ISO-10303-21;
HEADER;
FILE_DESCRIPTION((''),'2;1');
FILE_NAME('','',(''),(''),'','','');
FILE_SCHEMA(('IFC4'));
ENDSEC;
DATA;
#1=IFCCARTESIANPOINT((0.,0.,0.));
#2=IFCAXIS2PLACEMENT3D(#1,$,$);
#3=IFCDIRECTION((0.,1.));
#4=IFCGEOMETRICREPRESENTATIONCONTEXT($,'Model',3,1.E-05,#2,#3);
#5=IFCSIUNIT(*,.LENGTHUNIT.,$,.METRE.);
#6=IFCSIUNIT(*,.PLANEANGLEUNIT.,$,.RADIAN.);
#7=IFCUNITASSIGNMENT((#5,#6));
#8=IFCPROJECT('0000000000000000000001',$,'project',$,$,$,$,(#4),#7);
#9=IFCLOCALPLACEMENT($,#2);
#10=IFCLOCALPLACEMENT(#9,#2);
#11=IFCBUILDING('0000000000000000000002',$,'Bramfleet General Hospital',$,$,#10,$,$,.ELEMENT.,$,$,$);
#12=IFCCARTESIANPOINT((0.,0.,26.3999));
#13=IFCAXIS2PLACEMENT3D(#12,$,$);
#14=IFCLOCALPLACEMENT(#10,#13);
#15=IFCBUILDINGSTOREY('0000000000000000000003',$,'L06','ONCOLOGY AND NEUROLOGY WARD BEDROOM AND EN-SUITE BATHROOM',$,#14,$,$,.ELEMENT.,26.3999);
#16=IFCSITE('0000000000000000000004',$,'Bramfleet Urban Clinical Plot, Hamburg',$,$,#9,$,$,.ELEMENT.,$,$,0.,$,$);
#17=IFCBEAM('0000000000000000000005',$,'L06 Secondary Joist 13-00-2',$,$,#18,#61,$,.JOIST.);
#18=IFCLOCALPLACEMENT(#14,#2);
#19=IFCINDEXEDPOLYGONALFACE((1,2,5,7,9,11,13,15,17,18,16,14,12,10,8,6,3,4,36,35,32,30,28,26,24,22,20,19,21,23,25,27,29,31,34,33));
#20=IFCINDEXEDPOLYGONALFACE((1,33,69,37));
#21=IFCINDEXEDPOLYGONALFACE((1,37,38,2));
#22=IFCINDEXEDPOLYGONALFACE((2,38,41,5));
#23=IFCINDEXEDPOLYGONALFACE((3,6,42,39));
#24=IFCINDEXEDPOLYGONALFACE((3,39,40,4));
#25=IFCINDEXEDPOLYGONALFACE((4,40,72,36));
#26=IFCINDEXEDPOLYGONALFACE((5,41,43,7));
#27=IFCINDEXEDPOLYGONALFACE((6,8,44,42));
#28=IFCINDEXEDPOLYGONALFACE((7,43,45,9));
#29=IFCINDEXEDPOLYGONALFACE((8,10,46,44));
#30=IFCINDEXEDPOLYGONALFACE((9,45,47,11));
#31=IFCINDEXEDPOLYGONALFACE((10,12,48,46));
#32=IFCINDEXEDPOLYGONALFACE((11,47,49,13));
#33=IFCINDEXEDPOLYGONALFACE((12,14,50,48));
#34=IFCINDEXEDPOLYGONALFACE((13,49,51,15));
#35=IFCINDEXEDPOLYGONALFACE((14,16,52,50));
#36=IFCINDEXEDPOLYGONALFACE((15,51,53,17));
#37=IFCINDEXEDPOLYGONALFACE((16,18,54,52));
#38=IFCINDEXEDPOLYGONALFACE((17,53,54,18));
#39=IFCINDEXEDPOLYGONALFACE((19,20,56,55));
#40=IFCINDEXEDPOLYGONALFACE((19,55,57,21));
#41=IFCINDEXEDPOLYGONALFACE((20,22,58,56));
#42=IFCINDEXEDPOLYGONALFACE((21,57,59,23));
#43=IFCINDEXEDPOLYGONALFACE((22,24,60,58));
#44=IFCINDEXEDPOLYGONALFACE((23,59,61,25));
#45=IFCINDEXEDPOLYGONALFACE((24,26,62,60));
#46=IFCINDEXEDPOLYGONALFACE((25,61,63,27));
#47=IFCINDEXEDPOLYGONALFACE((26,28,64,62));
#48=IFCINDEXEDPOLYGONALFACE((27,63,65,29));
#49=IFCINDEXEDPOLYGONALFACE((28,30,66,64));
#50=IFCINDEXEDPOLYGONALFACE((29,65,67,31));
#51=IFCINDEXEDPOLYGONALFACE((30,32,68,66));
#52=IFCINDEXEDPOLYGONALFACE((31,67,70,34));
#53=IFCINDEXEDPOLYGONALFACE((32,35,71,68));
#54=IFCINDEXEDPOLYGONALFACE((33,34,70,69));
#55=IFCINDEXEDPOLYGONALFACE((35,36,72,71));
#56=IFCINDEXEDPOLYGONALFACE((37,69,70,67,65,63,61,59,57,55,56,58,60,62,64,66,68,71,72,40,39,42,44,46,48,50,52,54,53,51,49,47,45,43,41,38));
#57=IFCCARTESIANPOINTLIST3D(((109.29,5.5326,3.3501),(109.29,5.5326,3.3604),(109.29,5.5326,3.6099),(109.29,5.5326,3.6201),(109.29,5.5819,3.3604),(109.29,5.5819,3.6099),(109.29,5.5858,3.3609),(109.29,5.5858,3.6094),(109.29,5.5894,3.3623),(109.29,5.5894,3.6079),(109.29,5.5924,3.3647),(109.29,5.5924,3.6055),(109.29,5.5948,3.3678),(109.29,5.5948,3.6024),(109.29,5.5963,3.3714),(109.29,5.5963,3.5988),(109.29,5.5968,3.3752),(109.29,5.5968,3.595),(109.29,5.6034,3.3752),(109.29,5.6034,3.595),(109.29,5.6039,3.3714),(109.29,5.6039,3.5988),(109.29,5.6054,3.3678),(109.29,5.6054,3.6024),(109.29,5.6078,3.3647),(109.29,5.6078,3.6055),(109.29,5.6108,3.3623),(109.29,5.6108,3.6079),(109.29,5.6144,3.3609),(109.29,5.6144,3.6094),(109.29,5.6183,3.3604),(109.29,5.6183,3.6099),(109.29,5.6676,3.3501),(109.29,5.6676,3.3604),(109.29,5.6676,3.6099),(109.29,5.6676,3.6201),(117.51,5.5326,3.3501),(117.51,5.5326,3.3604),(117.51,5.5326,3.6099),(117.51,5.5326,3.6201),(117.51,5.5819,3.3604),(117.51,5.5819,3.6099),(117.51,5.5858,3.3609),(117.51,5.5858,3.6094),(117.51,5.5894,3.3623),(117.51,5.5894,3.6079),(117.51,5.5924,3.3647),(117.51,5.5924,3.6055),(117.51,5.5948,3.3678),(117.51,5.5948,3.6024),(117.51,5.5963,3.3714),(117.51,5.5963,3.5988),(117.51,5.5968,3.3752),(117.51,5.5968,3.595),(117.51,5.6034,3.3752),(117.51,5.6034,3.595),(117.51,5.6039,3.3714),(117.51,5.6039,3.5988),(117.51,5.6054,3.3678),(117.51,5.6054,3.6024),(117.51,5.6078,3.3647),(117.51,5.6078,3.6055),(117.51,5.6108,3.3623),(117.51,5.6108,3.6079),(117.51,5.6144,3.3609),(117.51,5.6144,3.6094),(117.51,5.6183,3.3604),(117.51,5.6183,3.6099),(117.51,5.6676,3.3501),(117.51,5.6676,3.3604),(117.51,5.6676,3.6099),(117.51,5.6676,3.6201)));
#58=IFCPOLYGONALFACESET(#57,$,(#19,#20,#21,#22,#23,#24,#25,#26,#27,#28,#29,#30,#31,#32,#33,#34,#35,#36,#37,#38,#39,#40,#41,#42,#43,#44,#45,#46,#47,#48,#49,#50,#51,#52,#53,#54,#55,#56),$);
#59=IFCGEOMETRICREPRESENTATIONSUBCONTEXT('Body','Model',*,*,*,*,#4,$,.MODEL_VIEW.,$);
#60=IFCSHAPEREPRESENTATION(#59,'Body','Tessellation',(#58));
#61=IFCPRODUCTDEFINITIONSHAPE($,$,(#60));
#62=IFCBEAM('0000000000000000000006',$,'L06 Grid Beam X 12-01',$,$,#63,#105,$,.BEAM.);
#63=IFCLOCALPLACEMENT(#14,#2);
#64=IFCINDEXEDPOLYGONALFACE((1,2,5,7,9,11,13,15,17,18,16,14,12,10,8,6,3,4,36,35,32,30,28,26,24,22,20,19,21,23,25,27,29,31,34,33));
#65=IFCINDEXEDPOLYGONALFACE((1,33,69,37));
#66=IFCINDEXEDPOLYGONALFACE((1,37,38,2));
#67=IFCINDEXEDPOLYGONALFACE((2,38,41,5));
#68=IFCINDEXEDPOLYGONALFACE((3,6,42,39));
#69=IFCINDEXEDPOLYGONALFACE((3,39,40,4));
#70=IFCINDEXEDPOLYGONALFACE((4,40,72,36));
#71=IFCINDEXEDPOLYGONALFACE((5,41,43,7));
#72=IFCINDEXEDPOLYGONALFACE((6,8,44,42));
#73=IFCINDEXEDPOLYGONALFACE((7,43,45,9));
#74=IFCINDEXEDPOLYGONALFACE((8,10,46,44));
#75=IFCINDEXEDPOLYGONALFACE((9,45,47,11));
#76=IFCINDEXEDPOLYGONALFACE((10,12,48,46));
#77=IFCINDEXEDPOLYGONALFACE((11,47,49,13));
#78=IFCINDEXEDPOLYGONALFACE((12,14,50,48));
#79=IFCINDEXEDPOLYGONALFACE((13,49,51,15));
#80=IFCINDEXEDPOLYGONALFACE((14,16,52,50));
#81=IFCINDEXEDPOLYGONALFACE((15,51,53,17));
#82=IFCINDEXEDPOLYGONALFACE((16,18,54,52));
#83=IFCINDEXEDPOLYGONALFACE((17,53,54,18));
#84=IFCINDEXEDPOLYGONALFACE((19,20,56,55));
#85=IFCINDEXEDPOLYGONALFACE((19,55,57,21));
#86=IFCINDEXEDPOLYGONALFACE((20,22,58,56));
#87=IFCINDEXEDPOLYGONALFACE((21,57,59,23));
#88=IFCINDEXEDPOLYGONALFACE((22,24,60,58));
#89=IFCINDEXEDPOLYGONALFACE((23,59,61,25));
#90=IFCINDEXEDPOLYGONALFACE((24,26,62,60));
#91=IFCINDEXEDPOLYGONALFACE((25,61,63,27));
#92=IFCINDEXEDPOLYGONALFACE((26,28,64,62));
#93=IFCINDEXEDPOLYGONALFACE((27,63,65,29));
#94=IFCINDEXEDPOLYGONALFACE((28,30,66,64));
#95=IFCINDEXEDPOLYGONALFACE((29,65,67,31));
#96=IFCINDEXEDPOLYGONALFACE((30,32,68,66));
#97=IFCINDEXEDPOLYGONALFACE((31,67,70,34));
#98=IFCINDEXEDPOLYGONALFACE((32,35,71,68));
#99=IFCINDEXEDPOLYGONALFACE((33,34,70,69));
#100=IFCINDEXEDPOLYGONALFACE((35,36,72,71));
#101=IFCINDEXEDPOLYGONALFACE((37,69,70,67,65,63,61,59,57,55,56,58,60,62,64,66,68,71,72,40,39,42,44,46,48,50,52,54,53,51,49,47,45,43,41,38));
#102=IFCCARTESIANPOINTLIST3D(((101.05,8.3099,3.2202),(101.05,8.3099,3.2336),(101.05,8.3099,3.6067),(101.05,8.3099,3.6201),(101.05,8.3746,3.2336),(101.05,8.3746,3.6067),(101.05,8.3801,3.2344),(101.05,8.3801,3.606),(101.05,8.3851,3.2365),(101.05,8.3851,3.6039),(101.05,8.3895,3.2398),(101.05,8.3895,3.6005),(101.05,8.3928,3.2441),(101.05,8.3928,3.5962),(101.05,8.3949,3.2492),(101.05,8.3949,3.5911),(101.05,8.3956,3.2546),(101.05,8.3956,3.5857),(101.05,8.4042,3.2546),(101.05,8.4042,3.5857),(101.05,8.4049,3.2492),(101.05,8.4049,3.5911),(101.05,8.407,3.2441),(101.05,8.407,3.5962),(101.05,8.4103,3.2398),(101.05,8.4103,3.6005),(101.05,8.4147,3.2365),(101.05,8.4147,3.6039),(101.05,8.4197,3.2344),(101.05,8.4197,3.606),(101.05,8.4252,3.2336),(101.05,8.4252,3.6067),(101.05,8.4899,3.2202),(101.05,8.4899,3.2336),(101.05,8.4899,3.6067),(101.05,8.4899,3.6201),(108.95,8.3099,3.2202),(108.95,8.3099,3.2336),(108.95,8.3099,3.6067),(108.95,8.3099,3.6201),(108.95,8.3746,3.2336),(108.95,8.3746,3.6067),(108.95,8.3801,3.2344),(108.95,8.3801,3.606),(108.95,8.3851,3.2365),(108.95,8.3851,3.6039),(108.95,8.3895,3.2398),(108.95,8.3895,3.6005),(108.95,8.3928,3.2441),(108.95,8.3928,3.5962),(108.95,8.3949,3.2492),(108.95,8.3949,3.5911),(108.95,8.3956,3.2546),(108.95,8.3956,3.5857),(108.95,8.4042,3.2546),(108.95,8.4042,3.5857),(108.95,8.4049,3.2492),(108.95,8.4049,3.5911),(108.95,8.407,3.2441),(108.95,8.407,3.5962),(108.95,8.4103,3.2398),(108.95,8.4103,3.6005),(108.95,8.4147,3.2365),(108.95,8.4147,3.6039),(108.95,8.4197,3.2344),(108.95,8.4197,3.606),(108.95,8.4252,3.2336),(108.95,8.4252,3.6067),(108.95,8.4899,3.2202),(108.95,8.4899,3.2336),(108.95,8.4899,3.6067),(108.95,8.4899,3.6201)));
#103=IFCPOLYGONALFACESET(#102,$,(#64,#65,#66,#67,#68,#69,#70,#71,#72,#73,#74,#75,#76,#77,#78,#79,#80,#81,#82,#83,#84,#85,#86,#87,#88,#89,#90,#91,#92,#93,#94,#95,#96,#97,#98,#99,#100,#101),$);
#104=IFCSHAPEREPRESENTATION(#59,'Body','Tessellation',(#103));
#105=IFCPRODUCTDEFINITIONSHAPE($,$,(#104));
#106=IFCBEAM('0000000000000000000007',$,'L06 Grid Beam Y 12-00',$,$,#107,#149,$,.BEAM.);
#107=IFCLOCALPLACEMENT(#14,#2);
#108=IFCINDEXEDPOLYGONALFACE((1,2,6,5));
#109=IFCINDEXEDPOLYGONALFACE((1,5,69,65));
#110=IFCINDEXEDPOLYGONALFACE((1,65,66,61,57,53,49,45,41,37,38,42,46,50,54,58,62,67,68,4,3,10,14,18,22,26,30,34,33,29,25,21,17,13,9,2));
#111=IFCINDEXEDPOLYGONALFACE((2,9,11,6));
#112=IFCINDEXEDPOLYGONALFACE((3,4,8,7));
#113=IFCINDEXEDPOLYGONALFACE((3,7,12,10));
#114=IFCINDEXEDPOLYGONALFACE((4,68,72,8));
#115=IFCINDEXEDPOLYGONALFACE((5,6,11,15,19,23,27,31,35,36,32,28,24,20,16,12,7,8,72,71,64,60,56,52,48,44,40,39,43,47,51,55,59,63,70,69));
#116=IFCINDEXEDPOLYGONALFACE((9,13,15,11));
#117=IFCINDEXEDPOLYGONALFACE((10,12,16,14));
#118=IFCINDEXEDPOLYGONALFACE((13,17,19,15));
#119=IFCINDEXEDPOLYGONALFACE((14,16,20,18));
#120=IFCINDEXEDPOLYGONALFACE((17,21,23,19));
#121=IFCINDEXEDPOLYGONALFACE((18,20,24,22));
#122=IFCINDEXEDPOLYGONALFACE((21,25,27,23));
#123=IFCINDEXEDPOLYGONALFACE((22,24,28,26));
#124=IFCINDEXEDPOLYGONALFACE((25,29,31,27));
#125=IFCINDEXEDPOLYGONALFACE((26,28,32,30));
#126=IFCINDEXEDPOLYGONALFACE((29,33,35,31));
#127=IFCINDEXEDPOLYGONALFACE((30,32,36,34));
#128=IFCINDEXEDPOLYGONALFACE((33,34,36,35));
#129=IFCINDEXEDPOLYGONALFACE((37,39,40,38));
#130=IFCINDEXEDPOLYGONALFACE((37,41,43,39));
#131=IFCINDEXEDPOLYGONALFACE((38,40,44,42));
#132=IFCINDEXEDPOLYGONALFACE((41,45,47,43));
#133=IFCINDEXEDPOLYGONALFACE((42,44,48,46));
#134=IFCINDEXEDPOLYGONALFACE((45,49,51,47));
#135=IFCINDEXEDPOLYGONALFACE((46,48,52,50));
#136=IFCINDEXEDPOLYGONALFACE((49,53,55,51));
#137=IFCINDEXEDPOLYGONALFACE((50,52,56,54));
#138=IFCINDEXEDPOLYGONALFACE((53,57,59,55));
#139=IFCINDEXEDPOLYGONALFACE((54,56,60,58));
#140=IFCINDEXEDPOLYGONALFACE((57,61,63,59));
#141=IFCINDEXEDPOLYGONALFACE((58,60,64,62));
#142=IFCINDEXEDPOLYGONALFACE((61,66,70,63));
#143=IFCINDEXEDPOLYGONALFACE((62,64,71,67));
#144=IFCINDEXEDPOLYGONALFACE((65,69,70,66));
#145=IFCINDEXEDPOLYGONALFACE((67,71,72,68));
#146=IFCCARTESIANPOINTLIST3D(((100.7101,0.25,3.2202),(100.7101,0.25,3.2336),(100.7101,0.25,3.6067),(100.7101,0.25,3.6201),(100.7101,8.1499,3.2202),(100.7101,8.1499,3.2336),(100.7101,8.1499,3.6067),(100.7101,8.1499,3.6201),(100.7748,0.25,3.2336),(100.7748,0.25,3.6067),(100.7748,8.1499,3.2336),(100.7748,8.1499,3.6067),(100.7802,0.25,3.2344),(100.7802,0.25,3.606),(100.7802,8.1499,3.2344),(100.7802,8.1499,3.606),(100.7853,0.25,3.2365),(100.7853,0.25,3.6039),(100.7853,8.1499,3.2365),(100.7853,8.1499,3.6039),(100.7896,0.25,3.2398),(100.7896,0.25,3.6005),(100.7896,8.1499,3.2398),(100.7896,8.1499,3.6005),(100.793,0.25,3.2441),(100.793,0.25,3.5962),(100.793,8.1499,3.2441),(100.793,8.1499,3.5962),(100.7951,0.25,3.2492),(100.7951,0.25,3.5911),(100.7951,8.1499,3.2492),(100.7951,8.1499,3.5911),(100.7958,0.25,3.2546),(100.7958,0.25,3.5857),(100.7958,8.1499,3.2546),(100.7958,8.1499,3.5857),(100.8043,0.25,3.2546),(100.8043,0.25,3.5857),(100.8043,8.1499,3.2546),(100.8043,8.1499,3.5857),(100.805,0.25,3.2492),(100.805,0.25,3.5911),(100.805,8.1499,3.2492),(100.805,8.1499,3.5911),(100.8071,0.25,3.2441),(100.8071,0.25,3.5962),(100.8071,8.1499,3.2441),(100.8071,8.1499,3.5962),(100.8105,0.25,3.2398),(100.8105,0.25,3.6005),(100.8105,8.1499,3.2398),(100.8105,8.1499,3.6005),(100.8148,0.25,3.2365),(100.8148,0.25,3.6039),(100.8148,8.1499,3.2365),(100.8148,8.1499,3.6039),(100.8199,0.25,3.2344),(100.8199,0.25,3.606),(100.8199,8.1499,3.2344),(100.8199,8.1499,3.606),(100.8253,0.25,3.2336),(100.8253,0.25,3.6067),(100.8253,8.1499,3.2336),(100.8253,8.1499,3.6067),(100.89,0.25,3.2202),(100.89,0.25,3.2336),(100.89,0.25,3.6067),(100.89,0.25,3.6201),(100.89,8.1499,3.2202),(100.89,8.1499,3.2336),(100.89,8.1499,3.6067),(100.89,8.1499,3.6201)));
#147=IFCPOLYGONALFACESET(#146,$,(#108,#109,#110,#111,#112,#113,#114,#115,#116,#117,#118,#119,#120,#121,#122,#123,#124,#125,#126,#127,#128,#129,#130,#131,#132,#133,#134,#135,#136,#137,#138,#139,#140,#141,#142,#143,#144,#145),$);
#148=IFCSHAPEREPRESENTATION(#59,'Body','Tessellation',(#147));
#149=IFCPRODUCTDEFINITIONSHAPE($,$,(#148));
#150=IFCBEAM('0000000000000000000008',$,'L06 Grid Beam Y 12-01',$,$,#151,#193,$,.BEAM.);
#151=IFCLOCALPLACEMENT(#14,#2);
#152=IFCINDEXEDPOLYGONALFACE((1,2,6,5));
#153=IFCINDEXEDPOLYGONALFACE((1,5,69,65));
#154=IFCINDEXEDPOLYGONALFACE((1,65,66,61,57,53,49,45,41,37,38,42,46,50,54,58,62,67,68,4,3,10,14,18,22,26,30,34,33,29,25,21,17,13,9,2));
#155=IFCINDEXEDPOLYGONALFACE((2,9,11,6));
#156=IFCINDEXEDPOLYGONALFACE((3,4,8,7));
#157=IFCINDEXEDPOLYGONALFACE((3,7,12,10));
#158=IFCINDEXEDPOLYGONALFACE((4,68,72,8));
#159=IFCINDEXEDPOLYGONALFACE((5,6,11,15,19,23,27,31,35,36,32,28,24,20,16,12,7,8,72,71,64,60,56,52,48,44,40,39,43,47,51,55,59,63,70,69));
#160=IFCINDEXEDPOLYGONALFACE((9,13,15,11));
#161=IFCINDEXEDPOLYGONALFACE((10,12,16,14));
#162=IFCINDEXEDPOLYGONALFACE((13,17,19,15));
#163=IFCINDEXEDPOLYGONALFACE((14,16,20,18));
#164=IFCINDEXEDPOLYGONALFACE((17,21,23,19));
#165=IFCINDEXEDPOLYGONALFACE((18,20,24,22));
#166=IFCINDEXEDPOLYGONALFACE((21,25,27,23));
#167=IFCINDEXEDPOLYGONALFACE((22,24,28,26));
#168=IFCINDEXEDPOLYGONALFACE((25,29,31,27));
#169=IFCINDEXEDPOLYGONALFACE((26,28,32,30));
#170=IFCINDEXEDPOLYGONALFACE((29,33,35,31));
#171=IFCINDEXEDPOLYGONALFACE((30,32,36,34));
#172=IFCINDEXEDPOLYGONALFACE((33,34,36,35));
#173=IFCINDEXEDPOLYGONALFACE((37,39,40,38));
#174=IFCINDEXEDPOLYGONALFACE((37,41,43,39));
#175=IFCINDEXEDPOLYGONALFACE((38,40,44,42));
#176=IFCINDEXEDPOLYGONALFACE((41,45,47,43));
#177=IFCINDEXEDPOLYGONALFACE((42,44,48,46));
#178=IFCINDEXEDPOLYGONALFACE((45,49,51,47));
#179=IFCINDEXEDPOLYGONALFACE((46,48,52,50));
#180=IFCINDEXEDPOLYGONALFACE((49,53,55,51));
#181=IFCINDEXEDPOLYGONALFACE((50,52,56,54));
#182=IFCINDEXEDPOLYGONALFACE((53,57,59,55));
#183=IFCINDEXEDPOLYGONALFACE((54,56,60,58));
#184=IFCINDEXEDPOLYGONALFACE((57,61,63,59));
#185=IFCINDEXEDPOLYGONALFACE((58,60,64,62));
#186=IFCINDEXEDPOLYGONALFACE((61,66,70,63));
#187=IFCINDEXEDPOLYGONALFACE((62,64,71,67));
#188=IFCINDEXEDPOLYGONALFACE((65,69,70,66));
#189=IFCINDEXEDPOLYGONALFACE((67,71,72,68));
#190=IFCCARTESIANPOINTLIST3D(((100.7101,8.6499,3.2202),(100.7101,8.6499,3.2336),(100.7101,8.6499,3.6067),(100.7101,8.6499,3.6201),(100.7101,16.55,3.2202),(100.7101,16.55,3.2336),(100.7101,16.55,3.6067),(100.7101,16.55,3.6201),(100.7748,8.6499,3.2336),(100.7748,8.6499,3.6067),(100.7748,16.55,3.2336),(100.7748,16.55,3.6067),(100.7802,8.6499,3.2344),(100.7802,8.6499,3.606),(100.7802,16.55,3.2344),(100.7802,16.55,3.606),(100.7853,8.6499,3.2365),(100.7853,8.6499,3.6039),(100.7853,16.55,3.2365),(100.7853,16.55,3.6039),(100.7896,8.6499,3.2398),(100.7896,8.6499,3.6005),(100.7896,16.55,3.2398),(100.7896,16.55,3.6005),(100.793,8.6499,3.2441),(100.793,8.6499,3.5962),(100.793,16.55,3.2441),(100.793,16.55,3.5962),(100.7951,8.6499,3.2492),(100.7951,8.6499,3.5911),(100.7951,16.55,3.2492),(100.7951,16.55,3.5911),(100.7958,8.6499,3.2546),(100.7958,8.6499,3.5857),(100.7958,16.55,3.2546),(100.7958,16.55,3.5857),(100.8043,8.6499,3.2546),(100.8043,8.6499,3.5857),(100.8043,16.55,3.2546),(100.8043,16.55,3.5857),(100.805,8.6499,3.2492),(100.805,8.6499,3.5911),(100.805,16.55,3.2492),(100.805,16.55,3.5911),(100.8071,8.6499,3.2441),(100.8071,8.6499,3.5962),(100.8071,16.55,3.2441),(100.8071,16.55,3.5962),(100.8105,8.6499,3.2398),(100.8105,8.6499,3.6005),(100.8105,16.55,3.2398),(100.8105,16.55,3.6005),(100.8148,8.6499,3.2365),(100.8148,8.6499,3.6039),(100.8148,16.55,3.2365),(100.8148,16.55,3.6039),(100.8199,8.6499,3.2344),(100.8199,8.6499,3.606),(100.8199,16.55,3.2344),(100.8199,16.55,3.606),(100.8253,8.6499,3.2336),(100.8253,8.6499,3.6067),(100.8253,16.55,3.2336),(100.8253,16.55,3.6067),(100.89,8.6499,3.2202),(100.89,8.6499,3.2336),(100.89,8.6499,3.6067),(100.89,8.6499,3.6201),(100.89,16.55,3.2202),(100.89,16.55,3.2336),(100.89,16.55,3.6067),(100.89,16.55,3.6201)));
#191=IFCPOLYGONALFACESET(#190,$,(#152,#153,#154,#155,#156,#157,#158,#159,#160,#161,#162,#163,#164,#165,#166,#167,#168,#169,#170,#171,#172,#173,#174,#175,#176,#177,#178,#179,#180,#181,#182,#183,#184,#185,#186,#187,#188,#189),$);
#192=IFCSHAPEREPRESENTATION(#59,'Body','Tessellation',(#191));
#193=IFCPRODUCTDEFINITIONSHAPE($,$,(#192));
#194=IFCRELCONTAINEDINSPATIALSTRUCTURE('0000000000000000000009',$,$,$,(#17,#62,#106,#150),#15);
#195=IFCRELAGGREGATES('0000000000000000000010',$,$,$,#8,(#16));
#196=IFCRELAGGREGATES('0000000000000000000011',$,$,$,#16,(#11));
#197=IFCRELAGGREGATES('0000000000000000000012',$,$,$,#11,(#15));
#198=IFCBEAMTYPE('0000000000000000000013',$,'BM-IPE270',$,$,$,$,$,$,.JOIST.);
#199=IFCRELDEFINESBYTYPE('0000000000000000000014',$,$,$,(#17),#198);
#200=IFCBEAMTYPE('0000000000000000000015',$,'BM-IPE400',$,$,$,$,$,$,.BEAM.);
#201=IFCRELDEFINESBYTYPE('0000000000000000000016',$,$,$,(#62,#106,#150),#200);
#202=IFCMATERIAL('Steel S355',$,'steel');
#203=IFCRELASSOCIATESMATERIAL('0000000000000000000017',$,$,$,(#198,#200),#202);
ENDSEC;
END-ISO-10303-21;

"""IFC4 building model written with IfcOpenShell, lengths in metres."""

from ifc_helpers import new_model, si_unit, direction, frame, origin, origin_2d, place, context, subcontext, project, spatial, i_section, extrude, material, material_profile, profile_set, type_object, element, save


model = new_model("IFC4")

# Units and contexts
model_context = context("Model", 3, precision=1e-05, world=origin(), true_north=direction((0.0, 1.0)))
body_context = subcontext(model_context, "Body", "Model", "MODEL_VIEW")
ifc_project = project(units=[si_unit("LENGTHUNIT", "METRE"), si_unit("PLANEANGLEUNIT", "RADIAN")], contexts=[model_context])

# Site, building, storey
site_placement = place(None, origin())
site = spatial("IfcSite", under=ifc_project, at=site_placement, Name="Bramfleet Urban Clinical Plot, Hamburg", CompositionType="ELEMENT", RefElevation=0.0)
building_placement = place(site_placement, origin())
building = spatial("IfcBuilding", under=site, at=building_placement, Name="Bramfleet General Hospital", CompositionType="ELEMENT")
storey_placement = place(building_placement, frame((0.0, 0.0, 26.3999)))
storey = spatial("IfcBuildingStorey", under=building, at=storey_placement, Name="L06", Description="ONCOLOGY AND NEUROLOGY WARD BEDROOM AND EN-SUITE BATHROOM", CompositionType="ELEMENT", Elevation=26.3999)

# Beams
ifc_material_1 = material(Name="Steel S355", Category="steel")
ifc_material_profile_1 = material_profile(ifc_material_1, i_section(OverallWidth=0.135, OverallDepth=0.27, WebThickness=0.0066, FlangeThickness=0.0103, FilletRadius=0.0149, at=origin_2d()), Name="IPE 270")
ifc_profile_set_1 = profile_set([ifc_material_profile_1], Name="Steel S355")
beam_type_1 = type_object("IfcBeamType", Name="BM-IPE270", PredefinedType="JOIST", material=ifc_profile_set_1)
for number, where, z_axis, x_axis, name in (
    (1, (109.29, 5.6001, 3.4851), (1.0, 0.0, 0.0), (0.0, 1.0, 0.0), "L06 Secondary Joist 13-00-2"),
):
    element("IfcBeam", number, at=place(storey_placement, frame(where, z_axis=z_axis, x_axis=x_axis)), inside=storey, type_object=beam_type_1, Name=name, PredefinedType="JOIST", context=body_context, shape_type="SweptSolid", body=[
        extrude(i_section(OverallWidth=0.135, OverallDepth=0.27, WebThickness=0.0066, FlangeThickness=0.0103, FilletRadius=0.0149, at=origin_2d()), origin(), (0.0, 0.0, 1.0), 8.22),
    ])
ifc_material_profile_2 = material_profile(ifc_material_1, i_section(OverallWidth=0.1799, OverallDepth=0.3999, WebThickness=0.0085, FlangeThickness=0.0134, FilletRadius=0.021, at=origin_2d()), Name="IPE 400")
ifc_profile_set_2 = profile_set([ifc_material_profile_2], Name="Steel S355")
beam_type_2 = type_object("IfcBeamType", Name="BM-IPE400", PredefinedType="BEAM", material=ifc_profile_set_2)
for number, where, z_axis, x_axis, name in (
    (2, (101.05, 8.3999, 3.4202), (1.0, 0.0, 0.0), (0.0, 1.0, 0.0), "L06 Grid Beam X 12-01"),
    (3, (100.8, 0.25, 3.4202), (0.0, 1.0, 0.0), (-1.0, 0.0, 0.0), "L06 Grid Beam Y 12-00"),
):
    element("IfcBeam", number, at=place(storey_placement, frame(where, z_axis=z_axis, x_axis=x_axis)), inside=storey, type_object=beam_type_2, Name=name, PredefinedType="BEAM", context=body_context, shape_type="SweptSolid", body=[
        extrude(i_section(OverallWidth=0.1799, OverallDepth=0.3999, WebThickness=0.0085, FlangeThickness=0.0134, FilletRadius=0.021, at=origin_2d()), origin(), (0.0, 0.0, 1.0), 7.8999),
    ])
beam_1_placement = place(storey_placement, frame((100.8, 8.6499, 3.4202), z_axis=(0.0, 1.0, 0.0), x_axis=(-1.0, 0.0, 0.0)))
element("IfcBeam", 4, at=beam_1_placement, inside=storey, type_object=beam_type_2, Name="L06 Grid Beam Y 12-01", PredefinedType="BEAM", context=body_context, shape_type="SweptSolid", body=[
    extrude(i_section(OverallWidth=0.1799, OverallDepth=0.3999, WebThickness=0.0085, FlangeThickness=0.0134, FilletRadius=0.021, at=origin_2d()), origin(), (0.0, 0.0, 1.0), 7.9001),
])

save(model, "model.ifc")
